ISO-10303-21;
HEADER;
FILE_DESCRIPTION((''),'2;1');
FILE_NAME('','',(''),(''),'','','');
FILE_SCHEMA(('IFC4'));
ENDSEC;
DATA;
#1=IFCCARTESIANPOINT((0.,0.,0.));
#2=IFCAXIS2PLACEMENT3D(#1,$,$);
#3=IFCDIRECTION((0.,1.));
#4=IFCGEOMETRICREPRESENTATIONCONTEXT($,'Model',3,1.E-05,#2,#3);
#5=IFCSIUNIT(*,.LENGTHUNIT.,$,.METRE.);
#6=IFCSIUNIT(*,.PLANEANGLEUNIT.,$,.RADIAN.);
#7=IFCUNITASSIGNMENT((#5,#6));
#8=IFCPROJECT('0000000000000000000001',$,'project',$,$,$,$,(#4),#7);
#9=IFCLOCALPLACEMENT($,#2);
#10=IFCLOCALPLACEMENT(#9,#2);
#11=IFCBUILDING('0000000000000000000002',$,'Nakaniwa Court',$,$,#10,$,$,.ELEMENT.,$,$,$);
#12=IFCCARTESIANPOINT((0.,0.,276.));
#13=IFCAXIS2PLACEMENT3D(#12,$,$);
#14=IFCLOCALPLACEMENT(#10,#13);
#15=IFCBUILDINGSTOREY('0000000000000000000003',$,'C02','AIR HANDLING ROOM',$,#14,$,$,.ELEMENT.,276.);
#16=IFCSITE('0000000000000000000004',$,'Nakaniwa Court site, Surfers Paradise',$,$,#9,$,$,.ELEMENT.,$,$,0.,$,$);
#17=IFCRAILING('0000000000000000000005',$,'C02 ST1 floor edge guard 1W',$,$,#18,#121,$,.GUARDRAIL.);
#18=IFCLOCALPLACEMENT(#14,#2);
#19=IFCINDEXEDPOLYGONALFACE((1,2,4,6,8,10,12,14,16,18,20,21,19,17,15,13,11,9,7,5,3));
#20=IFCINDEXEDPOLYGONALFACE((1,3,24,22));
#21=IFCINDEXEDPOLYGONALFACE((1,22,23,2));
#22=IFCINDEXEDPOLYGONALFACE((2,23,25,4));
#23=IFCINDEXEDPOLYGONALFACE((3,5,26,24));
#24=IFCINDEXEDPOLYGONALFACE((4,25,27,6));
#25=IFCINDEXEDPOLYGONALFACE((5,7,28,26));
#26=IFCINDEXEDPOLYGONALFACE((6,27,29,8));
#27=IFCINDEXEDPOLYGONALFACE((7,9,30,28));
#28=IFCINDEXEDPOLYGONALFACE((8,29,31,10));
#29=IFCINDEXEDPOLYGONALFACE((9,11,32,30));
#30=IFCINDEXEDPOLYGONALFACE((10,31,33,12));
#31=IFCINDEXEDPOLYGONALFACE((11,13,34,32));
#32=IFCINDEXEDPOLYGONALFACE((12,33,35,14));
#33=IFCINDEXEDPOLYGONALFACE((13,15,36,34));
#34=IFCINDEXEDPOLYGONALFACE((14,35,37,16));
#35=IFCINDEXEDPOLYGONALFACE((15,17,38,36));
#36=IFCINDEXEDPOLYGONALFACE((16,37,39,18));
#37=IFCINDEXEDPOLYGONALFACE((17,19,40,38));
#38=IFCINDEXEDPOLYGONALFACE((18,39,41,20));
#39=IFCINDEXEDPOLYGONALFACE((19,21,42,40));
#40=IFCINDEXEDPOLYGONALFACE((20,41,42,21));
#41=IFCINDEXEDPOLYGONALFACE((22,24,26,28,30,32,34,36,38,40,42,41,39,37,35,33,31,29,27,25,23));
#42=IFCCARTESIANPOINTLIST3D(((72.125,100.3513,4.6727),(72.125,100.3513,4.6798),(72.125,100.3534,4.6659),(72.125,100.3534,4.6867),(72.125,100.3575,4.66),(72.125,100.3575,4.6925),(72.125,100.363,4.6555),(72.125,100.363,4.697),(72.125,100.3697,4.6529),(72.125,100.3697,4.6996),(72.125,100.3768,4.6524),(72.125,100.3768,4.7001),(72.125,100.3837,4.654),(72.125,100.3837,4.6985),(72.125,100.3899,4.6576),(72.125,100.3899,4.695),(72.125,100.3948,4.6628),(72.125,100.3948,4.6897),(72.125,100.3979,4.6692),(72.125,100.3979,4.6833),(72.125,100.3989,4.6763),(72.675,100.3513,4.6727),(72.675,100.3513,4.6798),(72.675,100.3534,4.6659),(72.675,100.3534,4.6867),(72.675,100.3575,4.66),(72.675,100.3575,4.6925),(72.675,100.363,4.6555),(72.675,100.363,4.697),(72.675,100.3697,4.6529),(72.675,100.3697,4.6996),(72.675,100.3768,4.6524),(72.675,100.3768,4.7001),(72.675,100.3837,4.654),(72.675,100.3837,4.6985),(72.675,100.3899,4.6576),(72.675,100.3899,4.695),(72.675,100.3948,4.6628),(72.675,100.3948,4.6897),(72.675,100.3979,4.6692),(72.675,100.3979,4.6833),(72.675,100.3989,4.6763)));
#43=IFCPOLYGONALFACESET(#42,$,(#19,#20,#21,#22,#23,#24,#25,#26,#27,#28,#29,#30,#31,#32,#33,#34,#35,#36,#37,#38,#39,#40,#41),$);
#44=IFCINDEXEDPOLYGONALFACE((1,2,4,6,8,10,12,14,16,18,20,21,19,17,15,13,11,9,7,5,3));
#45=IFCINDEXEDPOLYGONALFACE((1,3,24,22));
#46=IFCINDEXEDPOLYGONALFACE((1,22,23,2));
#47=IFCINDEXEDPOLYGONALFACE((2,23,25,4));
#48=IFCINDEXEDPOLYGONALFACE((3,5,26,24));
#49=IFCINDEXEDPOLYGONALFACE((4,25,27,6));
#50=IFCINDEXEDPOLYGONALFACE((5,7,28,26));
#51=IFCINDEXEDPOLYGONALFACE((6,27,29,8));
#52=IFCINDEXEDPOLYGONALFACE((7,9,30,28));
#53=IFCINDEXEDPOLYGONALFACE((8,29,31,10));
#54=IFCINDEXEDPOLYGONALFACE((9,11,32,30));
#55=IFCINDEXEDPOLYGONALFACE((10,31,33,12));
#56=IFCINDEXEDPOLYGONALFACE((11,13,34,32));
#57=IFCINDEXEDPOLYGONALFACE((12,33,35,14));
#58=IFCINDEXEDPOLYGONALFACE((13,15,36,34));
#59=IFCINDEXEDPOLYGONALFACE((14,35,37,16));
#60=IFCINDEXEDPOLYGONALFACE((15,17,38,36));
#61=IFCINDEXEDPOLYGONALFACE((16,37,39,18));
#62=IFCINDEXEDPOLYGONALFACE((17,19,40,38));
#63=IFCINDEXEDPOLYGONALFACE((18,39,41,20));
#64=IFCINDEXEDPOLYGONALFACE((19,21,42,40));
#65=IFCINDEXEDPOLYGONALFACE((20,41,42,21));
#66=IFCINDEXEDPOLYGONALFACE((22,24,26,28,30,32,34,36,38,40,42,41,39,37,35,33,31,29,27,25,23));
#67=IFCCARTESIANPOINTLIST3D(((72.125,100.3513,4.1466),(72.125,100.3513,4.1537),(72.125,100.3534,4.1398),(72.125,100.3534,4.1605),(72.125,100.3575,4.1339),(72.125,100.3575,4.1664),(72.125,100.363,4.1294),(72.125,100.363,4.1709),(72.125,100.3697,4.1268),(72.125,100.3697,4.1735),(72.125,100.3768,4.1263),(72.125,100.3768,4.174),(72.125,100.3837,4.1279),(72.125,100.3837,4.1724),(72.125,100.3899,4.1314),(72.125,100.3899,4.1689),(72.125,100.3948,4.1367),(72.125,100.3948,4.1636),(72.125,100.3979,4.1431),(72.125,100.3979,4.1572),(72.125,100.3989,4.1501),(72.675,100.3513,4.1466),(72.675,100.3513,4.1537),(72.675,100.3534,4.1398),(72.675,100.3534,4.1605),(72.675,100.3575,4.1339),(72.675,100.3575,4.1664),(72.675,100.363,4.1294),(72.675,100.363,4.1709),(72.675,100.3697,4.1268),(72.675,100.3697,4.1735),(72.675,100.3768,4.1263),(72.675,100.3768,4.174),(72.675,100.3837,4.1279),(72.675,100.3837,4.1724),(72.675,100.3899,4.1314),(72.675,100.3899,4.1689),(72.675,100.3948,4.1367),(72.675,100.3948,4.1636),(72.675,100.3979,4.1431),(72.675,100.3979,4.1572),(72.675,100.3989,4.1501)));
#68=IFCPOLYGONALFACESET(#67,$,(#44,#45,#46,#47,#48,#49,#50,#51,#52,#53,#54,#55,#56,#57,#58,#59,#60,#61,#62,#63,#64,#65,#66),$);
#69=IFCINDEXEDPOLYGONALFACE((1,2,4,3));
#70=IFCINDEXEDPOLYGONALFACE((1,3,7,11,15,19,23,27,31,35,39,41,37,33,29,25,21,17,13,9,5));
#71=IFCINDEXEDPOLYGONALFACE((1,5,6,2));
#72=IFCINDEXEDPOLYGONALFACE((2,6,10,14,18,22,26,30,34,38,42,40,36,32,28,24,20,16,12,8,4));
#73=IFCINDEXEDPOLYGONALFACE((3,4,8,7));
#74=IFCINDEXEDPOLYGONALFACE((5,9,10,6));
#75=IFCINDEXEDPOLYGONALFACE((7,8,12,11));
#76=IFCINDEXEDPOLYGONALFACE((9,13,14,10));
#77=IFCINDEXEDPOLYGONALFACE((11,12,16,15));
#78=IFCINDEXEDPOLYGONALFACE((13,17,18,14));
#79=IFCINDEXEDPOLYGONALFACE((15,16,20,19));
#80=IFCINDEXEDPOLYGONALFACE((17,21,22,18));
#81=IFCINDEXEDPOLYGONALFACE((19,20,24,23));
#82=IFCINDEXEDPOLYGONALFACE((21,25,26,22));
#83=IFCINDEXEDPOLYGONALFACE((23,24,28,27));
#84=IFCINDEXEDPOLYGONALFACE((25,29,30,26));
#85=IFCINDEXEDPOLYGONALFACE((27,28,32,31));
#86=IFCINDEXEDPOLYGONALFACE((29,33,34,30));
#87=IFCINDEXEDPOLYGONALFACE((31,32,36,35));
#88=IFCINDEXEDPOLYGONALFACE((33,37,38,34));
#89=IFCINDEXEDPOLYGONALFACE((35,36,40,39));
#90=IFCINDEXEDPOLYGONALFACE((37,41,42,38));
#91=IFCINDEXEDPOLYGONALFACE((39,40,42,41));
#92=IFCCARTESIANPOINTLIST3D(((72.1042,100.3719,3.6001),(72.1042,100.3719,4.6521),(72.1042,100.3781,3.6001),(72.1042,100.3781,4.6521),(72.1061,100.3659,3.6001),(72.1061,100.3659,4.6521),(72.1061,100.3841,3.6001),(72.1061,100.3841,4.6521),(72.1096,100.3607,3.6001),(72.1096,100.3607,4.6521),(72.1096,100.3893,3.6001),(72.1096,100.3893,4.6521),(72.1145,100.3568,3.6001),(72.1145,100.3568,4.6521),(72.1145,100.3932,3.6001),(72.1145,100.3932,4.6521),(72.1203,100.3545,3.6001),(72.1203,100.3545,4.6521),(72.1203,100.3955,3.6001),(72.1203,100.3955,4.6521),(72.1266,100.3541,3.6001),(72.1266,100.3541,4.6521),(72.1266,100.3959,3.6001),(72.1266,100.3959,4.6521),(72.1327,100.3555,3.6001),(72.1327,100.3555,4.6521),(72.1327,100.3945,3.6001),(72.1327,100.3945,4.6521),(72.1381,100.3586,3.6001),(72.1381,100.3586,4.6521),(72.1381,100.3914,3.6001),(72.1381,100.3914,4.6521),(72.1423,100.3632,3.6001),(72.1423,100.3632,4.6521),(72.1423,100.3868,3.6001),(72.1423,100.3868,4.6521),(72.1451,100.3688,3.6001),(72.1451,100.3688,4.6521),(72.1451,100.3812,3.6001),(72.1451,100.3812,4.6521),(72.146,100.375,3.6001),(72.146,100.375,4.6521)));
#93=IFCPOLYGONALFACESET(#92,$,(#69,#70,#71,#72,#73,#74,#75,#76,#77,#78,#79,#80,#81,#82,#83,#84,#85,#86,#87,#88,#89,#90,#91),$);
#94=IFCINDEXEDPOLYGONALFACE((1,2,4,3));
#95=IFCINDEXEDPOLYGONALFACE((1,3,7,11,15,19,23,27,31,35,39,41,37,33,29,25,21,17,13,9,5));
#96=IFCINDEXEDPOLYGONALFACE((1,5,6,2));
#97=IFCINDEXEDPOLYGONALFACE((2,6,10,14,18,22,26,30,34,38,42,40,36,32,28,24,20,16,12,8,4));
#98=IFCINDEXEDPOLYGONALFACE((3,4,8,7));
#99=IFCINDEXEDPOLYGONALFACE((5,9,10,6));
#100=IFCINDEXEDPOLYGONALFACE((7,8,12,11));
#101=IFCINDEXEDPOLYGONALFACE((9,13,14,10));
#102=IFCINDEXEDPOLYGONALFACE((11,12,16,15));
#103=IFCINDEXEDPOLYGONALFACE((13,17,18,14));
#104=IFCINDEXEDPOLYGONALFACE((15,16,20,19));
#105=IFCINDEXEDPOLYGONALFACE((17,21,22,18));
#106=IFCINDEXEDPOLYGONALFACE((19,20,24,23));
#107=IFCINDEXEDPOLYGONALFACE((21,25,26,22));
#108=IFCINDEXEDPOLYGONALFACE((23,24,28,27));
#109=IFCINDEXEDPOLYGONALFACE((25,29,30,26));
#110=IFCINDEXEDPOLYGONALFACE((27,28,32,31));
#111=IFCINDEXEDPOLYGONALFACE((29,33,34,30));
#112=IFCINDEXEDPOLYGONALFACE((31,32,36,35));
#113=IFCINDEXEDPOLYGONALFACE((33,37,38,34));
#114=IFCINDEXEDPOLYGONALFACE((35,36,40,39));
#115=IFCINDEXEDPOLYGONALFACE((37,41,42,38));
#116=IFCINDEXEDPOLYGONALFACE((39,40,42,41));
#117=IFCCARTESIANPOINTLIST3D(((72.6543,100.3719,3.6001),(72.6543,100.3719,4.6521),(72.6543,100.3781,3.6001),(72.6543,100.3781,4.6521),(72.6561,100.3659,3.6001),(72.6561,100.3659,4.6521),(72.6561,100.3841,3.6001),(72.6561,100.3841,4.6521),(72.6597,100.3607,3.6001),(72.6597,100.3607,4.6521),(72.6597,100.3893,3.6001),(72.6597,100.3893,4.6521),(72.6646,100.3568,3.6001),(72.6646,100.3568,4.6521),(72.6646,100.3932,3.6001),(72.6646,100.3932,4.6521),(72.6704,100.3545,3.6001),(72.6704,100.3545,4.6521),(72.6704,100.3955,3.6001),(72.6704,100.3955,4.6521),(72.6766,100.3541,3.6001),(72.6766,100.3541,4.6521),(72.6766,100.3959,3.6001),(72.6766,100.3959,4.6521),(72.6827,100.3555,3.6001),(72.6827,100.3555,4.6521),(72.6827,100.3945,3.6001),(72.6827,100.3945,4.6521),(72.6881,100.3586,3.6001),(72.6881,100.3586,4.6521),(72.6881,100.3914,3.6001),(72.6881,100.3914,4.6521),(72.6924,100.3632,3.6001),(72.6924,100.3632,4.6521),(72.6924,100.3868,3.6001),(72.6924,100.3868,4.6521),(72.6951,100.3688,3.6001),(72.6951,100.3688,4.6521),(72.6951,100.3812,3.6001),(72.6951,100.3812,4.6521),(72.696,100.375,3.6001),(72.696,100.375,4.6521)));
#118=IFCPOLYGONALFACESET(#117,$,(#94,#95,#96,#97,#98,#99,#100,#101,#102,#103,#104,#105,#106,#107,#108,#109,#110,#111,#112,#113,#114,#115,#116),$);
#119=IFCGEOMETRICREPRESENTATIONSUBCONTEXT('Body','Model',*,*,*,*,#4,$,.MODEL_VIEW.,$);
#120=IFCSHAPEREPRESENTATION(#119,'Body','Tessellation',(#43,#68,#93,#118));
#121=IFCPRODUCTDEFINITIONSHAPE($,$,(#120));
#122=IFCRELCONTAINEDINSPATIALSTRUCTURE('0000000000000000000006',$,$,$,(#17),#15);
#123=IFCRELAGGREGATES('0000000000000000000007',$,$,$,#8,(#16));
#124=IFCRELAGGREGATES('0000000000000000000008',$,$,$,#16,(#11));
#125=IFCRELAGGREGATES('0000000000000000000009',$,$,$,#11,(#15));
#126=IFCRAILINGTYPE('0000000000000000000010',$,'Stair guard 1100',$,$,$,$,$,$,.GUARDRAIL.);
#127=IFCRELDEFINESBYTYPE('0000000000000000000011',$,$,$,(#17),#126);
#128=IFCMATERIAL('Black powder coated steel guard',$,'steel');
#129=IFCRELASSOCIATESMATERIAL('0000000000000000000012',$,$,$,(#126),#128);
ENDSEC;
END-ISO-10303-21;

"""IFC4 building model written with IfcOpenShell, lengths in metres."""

from ifc_helpers import new_model, si_unit, direction, frame, origin, origin_2d, place, context, subcontext, project, spatial, circle, extrude, material, type_object, element, save


model = new_model("IFC4")

# Units and contexts
model_context = context("Model", 3, precision=1e-05, world=origin(), true_north=direction((0.0, 1.0)))
body_context = subcontext(model_context, "Body", "Model", "MODEL_VIEW")
ifc_project = project(units=[si_unit("LENGTHUNIT", "METRE"), si_unit("PLANEANGLEUNIT", "RADIAN")], contexts=[model_context])

# Site, building, storey
site_placement = place(None, origin())
site = spatial("IfcSite", under=ifc_project, at=site_placement, Name="Nakaniwa Court site, Surfers Paradise", CompositionType="ELEMENT", RefElevation=0.0)
building_placement = place(site_placement, origin())
building = spatial("IfcBuilding", under=site, at=building_placement, Name="Nakaniwa Court", CompositionType="ELEMENT")
storey_placement = place(building_placement, frame((0.0, 0.0, 276.0)))
storey = spatial("IfcBuildingStorey", under=building, at=storey_placement, Name="C02", Description="AIR HANDLING ROOM", CompositionType="ELEMENT", Elevation=276.0)

# Railing
ifc_material_1 = material(Name="Black powder coated steel guard", Category="steel")
railing_type = type_object("IfcRailingType", Name="Stair guard 1100", PredefinedType="GUARDRAIL", material=ifc_material_1)
railing_placement = place(storey_placement, frame((72.125, 100.375, 3.6001)))
element("IfcRailing", 1, at=railing_placement, inside=storey, type_object=railing_type, Name="C02 ST1 floor edge guard 1W", PredefinedType="GUARDRAIL", context=body_context, shape_type="SweptSolid", body=[
    extrude(circle(Radius=0.0239, at=origin_2d()), frame((0.0, 0.0, 1.0762), z_axis=(1.0, 0.0, 0.0), x_axis=(0.0, 1.0, 0.0)), (0.0, 0.0, 1.0), 0.55),
    extrude(circle(Radius=0.0239, at=origin_2d()), frame((0.0, 0.0, 0.55), z_axis=(1.0, 0.0, 0.0), x_axis=(0.0, 1.0, 0.0)), (0.0, 0.0, 1.0), 0.55),
    extrude(circle(Radius=0.021, at=origin_2d()), origin(), (0.0, 0.0, 1.0), 1.052),
    extrude(circle(Radius=0.021, at=origin_2d()), frame((0.55, 0.0, 0.0)), (0.0, 0.0, 1.0), 1.052),
])

save(model, "model.ifc")
